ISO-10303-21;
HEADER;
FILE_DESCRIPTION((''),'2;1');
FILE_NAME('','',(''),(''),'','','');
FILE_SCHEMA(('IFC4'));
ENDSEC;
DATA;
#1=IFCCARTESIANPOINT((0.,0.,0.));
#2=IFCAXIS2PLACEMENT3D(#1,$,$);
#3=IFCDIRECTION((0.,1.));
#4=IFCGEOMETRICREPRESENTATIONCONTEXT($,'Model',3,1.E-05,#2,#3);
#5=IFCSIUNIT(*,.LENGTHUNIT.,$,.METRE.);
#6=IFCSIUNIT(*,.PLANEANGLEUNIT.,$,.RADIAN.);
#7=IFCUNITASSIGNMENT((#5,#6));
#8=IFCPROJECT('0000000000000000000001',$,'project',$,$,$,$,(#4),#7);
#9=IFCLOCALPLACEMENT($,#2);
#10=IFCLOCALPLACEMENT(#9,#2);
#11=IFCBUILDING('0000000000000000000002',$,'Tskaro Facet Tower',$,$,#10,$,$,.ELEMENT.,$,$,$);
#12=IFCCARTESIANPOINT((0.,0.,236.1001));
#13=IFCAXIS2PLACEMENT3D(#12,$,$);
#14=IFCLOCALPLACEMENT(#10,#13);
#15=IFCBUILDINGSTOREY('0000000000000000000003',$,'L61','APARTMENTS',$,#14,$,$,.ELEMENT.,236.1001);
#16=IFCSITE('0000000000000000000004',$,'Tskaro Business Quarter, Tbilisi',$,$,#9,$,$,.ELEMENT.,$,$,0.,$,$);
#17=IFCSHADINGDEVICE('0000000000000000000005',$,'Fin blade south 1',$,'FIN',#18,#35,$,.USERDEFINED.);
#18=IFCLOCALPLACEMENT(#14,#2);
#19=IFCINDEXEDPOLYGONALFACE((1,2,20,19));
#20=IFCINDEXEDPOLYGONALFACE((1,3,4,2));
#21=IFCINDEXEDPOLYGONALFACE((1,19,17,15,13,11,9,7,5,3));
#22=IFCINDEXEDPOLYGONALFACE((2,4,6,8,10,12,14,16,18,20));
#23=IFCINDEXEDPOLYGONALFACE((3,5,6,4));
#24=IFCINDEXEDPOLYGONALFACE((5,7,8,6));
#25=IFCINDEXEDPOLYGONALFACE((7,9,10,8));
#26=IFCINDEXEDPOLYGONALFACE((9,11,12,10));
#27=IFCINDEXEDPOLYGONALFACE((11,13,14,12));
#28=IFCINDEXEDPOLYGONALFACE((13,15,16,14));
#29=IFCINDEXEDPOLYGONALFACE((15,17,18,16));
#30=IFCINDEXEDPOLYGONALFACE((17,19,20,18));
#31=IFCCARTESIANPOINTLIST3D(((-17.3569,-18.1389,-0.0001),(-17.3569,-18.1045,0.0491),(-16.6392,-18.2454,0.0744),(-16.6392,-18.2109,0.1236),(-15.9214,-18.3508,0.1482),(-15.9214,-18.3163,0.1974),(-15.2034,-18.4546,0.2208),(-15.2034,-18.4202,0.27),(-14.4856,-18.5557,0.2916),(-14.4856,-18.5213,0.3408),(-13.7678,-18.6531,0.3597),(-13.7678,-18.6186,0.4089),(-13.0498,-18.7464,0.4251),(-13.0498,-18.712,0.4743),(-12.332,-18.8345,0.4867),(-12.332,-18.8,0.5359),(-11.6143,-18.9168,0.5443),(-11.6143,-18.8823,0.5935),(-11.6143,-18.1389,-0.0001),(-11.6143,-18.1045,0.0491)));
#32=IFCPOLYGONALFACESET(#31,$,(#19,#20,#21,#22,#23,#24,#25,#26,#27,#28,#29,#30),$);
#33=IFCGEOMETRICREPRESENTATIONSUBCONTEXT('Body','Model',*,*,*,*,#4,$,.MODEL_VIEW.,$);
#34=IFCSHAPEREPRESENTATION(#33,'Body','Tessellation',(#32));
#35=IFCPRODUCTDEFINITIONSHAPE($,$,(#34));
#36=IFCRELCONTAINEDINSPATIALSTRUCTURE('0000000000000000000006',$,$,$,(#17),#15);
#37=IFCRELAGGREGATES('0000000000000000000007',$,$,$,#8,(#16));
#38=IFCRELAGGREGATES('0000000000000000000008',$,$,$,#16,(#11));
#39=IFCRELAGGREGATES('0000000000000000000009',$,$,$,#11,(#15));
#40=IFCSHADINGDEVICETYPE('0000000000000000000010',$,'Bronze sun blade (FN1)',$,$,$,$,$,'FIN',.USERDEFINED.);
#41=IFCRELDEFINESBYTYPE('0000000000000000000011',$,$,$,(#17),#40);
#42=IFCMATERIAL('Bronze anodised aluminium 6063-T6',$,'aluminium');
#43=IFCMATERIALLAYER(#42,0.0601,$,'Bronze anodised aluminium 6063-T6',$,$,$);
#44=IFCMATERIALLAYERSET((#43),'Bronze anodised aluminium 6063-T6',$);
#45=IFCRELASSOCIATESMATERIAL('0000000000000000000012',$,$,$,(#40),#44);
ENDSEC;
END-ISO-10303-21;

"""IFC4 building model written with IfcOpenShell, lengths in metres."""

from ifc_helpers import new_model, si_unit, direction, frame, origin, place, context, subcontext, project, spatial, polyline, outline, extrude, material, layer, layer_set, type_object, element, save


model = new_model("IFC4")

# Units and contexts
model_context = context("Model", 3, precision=1e-05, world=origin(), true_north=direction((0.0, 1.0)))
body_context = subcontext(model_context, "Body", "Model", "MODEL_VIEW")
ifc_project = project(units=[si_unit("LENGTHUNIT", "METRE"), si_unit("PLANEANGLEUNIT", "RADIAN")], contexts=[model_context])

# Site, building, storey
site_placement = place(None, origin())
site = spatial("IfcSite", under=ifc_project, at=site_placement, Name="Tskaro Business Quarter, Tbilisi", CompositionType="ELEMENT", RefElevation=0.0)
building_placement = place(site_placement, origin())
building = spatial("IfcBuilding", under=site, at=building_placement, Name="Tskaro Facet Tower", CompositionType="ELEMENT")
storey_placement = place(building_placement, frame((0.0, 0.0, 236.1001)))
storey = spatial("IfcBuildingStorey", under=building, at=storey_placement, Name="L61", Description="APARTMENTS", CompositionType="ELEMENT", Elevation=236.1001)

# Shared definitions
ifc_material_1 = material(Name="Bronze anodised aluminium 6063-T6", Category="aluminium")

# Shading device
ifc_layer_1 = layer(ifc_material_1, 0.0601, Name="Bronze anodised aluminium 6063-T6")
ifc_layer_set_1 = layer_set([ifc_layer_1], Name="Bronze anodised aluminium 6063-T6")
shading_device_type = type_object("IfcShadingDeviceType", Name="Bronze sun blade (FN1)", ElementType="FIN", PredefinedType="USERDEFINED", material=ifc_layer_set_1)
shading_device_placement = place(storey_placement, frame((-17.3569, -18.1045, 0.0491), z_axis=(-0.000002, 0.573421, 0.819261), x_axis=(1.0, 0.000001, 0.000002)))
element("IfcShadingDevice", 1, at=shading_device_placement, inside=storey, type_object=shading_device_type, Name="Fin blade south 1", ObjectType="FIN", PredefinedType="USERDEFINED", context=body_context, shape_type="SweptSolid", body=[
    extrude(outline(polyline([(0.0, 0.0), (5.7427, 0.0), (5.7427, -0.9494), (5.0249, -0.849), (4.3071, -0.7415), (3.5891, -0.6276), (2.8713, -0.5087), (2.1536, -0.3853), (1.4355, -0.2586), (0.7178, -0.1299), (0.0, 0.0)])), origin(), (0.0, 0.0, -1.0), 0.0601),
])

save(model, "model.ifc")
